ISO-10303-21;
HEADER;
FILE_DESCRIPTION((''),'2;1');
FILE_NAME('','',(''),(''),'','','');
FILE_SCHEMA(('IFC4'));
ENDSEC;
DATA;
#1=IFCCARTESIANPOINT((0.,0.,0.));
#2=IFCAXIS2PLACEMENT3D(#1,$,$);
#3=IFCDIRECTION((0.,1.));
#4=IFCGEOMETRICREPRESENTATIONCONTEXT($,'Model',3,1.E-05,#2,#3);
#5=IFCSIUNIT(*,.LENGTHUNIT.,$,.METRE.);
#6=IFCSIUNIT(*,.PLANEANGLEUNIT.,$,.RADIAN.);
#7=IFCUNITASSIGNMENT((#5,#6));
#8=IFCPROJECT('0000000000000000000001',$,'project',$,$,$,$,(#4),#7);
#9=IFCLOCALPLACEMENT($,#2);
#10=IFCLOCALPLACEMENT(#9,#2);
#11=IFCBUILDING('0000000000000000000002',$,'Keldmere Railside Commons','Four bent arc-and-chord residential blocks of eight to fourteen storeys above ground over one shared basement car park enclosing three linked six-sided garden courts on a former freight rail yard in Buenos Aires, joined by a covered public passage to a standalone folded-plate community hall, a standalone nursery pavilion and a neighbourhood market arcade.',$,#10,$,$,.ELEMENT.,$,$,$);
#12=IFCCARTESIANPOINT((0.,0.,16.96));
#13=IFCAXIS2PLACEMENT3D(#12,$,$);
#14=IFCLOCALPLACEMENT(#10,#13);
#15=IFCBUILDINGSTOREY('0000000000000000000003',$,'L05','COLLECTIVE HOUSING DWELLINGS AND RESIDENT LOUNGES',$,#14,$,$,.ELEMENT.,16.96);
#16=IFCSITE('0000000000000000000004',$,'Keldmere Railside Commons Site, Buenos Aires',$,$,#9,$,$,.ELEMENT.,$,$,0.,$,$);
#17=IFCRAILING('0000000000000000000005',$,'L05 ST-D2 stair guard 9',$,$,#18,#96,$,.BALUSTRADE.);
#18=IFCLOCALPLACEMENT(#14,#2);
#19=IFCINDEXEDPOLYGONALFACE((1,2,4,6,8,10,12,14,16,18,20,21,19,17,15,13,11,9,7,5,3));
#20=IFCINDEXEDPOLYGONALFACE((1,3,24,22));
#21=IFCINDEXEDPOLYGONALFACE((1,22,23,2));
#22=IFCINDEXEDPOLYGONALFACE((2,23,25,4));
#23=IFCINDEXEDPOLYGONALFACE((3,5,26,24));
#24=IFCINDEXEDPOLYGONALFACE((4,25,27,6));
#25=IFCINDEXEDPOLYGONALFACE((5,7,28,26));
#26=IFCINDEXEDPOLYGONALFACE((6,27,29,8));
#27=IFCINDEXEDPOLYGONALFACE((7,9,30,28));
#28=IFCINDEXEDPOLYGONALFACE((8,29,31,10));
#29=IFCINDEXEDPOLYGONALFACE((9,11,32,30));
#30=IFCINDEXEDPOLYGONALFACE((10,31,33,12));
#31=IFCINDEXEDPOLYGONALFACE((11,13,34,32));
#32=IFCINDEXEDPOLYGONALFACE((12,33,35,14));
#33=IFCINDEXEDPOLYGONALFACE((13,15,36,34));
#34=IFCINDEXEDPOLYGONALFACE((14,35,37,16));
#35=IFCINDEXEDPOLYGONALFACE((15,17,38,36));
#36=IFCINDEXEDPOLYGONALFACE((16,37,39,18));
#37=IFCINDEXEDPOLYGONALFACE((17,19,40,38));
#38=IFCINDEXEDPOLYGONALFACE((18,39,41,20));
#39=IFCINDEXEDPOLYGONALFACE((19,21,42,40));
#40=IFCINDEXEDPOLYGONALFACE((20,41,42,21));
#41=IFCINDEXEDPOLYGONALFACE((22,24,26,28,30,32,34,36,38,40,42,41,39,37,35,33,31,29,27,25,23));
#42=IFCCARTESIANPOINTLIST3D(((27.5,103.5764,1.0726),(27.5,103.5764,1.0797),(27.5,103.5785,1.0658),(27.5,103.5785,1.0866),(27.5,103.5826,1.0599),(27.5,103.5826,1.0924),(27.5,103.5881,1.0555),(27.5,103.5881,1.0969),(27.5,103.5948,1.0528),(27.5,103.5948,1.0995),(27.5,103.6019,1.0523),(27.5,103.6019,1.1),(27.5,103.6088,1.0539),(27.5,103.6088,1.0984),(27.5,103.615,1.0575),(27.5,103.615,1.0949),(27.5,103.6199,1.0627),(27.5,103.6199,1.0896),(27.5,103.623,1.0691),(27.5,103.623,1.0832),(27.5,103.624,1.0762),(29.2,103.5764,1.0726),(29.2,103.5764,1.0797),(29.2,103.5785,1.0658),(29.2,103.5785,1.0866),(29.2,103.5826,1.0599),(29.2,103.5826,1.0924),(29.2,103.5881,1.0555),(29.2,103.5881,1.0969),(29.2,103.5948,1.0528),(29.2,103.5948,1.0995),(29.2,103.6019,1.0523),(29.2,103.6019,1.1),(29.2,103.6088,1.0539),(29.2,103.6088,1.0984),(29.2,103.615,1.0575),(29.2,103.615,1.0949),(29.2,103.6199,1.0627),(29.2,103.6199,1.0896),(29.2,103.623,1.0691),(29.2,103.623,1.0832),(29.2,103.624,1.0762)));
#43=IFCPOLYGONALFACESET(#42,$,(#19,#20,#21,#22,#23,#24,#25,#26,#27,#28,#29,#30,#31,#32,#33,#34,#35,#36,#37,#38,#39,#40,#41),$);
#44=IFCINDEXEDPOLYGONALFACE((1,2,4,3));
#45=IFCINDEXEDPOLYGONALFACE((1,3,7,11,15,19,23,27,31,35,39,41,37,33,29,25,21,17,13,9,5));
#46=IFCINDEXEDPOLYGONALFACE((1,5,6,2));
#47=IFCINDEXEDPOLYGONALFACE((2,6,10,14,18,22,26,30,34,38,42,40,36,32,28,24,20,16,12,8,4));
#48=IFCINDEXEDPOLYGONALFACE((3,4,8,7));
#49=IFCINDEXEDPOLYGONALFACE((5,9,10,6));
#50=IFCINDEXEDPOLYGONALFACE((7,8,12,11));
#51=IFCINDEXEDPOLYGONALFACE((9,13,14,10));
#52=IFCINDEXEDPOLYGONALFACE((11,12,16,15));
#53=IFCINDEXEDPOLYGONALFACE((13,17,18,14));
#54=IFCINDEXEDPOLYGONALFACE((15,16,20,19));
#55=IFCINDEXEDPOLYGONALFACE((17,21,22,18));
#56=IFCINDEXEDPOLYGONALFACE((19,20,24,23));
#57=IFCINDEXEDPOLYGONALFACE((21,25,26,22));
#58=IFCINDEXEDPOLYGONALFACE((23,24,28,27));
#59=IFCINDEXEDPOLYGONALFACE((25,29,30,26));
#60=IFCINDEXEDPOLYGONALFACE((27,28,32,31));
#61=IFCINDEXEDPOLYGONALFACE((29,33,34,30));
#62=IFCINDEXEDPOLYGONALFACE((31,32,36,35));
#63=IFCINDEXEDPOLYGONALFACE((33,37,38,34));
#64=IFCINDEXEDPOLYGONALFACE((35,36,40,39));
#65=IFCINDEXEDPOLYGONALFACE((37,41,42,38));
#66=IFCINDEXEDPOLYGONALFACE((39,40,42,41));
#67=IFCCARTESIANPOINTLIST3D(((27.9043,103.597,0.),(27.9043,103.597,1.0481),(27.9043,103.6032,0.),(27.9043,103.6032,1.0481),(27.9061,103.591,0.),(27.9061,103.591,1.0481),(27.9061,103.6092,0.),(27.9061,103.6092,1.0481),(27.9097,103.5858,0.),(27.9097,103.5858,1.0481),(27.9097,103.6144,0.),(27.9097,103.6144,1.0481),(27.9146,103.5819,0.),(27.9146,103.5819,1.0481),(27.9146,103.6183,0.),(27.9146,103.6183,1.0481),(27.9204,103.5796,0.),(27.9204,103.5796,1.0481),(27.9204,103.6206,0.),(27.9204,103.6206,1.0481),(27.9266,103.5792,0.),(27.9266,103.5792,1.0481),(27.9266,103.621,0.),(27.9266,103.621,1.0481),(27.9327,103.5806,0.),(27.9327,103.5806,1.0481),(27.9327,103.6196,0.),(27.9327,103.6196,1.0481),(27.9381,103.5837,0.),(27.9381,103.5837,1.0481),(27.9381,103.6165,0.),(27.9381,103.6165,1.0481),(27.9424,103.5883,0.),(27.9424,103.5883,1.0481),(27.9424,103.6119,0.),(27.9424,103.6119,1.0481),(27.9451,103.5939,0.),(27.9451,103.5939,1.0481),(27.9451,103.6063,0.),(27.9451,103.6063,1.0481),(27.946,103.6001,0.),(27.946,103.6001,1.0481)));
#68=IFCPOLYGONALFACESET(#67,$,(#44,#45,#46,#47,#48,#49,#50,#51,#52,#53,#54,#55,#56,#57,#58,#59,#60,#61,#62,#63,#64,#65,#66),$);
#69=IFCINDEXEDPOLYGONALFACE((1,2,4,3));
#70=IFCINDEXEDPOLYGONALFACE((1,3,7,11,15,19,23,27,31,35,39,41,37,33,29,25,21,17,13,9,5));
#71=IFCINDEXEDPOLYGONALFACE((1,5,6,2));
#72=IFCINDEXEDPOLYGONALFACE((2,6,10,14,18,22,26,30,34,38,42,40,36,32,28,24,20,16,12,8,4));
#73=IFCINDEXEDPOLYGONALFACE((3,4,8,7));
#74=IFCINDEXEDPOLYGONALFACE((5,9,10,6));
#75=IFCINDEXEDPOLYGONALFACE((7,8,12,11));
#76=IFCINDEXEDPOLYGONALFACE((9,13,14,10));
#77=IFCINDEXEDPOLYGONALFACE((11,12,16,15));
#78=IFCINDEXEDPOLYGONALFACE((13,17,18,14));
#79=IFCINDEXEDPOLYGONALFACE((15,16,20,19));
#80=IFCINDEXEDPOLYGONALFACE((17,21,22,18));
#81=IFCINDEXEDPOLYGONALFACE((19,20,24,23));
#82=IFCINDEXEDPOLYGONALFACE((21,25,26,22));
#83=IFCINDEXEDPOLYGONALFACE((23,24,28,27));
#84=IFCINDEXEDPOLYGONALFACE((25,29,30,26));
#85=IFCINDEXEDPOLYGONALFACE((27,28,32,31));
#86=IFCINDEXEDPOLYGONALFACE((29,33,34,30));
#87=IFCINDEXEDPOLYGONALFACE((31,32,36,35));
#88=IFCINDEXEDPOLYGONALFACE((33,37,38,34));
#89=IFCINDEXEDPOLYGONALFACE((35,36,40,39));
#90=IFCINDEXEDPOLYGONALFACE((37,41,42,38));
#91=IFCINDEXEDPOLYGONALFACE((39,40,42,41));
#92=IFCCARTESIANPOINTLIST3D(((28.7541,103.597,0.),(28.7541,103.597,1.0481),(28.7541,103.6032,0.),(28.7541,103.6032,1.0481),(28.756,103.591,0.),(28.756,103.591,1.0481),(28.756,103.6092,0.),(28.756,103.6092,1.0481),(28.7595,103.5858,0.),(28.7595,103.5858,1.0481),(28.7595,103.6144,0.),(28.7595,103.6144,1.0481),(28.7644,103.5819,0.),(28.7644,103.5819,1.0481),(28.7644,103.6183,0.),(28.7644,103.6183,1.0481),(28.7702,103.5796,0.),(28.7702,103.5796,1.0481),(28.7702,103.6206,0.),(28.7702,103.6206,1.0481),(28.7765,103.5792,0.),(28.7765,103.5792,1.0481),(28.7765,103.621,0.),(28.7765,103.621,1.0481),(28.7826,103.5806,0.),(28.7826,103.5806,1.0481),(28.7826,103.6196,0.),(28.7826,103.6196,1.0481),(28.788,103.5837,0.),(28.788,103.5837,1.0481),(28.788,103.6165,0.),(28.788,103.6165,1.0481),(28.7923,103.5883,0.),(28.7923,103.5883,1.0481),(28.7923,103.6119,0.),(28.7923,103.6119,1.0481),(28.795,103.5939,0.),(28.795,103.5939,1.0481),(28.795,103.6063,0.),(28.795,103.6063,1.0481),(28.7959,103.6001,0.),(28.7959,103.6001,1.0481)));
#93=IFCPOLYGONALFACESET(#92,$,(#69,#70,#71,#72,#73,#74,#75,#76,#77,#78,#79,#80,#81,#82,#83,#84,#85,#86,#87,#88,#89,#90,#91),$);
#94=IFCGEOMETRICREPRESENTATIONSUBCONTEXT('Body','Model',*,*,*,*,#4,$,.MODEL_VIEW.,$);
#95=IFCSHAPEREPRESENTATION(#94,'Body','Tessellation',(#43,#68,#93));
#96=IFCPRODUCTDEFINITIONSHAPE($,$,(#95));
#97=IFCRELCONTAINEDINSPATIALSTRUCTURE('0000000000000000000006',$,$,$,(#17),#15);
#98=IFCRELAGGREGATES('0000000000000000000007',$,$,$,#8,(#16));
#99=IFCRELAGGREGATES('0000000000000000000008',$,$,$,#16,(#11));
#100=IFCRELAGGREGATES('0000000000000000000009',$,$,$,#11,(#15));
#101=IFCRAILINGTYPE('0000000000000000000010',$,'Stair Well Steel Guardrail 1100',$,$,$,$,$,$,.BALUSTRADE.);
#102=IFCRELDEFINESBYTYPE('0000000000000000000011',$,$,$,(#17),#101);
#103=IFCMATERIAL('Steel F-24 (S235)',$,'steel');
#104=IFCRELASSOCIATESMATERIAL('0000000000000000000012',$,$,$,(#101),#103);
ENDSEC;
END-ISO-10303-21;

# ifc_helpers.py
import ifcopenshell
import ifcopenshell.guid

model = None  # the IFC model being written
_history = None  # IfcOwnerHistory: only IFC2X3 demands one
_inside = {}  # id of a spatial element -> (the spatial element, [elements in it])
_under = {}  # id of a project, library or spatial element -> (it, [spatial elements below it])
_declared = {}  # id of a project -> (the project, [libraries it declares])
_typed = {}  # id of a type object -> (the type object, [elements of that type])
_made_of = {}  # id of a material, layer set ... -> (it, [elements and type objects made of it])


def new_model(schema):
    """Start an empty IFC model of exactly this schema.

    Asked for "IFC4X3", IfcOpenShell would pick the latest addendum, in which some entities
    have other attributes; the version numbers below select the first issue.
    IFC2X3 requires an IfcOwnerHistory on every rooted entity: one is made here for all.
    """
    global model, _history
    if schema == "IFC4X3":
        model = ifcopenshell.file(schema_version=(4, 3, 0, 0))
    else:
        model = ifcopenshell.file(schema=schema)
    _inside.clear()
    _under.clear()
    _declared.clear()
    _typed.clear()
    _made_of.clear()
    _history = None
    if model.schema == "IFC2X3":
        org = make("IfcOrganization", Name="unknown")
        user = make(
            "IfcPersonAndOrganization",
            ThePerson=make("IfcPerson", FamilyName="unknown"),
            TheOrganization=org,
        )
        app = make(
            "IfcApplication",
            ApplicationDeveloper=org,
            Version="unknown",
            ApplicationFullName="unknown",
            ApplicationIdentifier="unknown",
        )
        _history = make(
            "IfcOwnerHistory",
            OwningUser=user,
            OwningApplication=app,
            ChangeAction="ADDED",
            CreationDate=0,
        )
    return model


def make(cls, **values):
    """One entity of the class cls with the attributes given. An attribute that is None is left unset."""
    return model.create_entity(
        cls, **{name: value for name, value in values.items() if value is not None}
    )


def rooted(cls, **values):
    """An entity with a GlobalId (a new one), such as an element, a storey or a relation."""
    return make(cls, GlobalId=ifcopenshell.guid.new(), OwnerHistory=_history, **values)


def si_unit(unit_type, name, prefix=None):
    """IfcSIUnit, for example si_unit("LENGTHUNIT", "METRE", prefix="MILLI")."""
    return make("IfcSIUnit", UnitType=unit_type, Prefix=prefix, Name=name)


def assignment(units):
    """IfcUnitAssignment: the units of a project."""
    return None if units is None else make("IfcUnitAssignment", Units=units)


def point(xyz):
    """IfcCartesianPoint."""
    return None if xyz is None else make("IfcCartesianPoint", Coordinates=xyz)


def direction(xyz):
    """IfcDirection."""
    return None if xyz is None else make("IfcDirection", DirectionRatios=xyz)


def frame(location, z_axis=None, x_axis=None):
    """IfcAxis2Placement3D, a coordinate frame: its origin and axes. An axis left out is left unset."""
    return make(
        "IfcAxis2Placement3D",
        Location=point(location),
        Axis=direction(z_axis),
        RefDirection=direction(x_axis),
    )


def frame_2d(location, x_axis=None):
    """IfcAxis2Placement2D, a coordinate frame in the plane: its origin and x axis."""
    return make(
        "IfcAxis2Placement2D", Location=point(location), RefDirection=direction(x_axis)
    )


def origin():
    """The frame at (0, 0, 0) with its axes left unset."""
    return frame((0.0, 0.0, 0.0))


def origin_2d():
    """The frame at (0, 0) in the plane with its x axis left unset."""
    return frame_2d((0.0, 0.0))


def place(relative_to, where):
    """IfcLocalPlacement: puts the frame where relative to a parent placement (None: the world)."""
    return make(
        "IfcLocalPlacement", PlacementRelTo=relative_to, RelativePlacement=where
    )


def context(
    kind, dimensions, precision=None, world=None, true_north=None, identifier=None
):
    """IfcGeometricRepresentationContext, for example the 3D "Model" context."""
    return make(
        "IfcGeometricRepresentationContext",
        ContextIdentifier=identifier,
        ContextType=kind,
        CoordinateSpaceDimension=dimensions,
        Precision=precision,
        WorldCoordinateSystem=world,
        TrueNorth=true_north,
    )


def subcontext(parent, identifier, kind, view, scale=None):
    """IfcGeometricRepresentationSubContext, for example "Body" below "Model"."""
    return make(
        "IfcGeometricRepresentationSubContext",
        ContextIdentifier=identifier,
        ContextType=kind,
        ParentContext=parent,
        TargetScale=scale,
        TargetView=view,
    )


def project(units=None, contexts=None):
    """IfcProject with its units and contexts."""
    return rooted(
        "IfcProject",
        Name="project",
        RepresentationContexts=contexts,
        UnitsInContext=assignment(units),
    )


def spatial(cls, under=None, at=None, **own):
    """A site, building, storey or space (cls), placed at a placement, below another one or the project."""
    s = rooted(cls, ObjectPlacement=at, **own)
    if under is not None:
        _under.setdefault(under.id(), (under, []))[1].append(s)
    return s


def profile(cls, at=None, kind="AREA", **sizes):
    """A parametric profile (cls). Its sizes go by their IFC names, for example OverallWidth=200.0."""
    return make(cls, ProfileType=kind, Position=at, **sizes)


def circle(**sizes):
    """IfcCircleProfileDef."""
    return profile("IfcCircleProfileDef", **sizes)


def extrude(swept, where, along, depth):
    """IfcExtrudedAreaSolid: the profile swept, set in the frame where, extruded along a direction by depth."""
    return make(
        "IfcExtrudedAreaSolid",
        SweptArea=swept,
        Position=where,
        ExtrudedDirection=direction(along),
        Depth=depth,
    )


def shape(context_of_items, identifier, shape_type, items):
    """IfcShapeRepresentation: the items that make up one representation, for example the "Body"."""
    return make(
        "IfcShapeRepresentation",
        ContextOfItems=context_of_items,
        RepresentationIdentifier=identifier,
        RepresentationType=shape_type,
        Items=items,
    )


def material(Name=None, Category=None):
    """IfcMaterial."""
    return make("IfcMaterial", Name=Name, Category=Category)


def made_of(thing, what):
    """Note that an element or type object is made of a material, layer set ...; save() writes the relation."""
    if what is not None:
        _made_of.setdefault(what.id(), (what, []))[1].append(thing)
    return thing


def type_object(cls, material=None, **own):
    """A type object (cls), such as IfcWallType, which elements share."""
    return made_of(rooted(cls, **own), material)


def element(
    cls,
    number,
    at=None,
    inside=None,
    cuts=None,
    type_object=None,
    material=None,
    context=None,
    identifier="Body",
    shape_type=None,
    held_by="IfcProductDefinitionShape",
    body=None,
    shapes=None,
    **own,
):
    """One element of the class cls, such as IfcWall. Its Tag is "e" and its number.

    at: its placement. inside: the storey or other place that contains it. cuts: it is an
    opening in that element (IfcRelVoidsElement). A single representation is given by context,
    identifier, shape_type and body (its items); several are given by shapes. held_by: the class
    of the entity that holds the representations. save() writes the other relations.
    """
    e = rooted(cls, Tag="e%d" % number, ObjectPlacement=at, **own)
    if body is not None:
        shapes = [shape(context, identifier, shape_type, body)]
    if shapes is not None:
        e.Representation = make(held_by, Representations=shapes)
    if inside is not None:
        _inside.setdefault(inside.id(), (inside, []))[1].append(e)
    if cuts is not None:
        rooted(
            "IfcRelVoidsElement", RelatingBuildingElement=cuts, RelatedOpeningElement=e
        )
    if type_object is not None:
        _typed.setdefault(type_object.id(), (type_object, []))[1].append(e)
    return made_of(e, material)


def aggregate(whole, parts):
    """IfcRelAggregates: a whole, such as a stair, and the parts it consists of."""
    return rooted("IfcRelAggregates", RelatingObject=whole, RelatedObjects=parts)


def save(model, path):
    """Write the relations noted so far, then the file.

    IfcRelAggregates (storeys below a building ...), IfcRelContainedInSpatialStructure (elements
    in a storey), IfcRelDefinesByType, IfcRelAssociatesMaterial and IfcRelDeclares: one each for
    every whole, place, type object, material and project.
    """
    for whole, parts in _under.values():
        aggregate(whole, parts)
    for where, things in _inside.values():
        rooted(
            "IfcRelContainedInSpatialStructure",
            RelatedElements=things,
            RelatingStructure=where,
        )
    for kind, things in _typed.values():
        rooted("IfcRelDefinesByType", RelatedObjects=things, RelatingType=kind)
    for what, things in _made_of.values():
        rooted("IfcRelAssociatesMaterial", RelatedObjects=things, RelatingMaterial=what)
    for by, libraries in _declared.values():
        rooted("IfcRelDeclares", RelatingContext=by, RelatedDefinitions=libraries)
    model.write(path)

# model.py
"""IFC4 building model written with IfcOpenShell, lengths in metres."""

from ifc_helpers import new_model, si_unit, direction, frame, origin, origin_2d, place, context, subcontext, project, spatial, circle, extrude, material, type_object, element, save


model = new_model("IFC4")

# Units and contexts
model_context = context("Model", 3, precision=1e-05, world=origin(), true_north=direction((0.0, 1.0)))
body_context = subcontext(model_context, "Body", "Model", "MODEL_VIEW")
ifc_project = project(units=[si_unit("LENGTHUNIT", "METRE"), si_unit("PLANEANGLEUNIT", "RADIAN")], contexts=[model_context])

# Site, building, storey
site_placement = place(None, origin())
site = spatial("IfcSite", under=ifc_project, at=site_placement, Name="Keldmere Railside Commons Site, Buenos Aires", CompositionType="ELEMENT", RefElevation=0.0)
building_placement = place(site_placement, origin())
building = spatial("IfcBuilding", under=site, at=building_placement, Name="Keldmere Railside Commons", Description="Four bent arc-and-chord residential blocks of eight to fourteen storeys above ground over one shared basement car park enclosing three linked six-sided garden courts on a former freight rail yard in Buenos Aires, joined by a covered public passage to a standalone folded-plate community hall, a standalone nursery pavilion and a neighbourhood market arcade.", CompositionType="ELEMENT")
storey_placement = place(building_placement, frame((0.0, 0.0, 16.96)))
storey = spatial("IfcBuildingStorey", under=building, at=storey_placement, Name="L05", Description="COLLECTIVE HOUSING DWELLINGS AND RESIDENT LOUNGES", CompositionType="ELEMENT", Elevation=16.96)

# Shared definitions
ifc_material_1 = material(Name="Steel F-24 (S235)", Category="steel")

# Railing
railing_type = type_object("IfcRailingType", Name="Stair Well Steel Guardrail 1100", PredefinedType="BALUSTRADE", material=ifc_material_1)
for number, where, name in (
    (1, (27.5, 103.6001, 0.0), "L05 ST-D2 stair guard 9"),
):
    element("IfcRailing", number, at=place(storey_placement, frame(where)), inside=storey, type_object=railing_type, Name=name, PredefinedType="BALUSTRADE", context=body_context, shape_type="SweptSolid", body=[
        extrude(circle(Radius=0.0239, at=origin_2d()), frame((0.0, 0.0, 1.0762), z_axis=(1.0, 0.0, 0.0), x_axis=(0.0, 1.0, 0.0)), (0.0, 0.0, 1.0), 1.7),
        extrude(circle(Radius=0.021, at=origin_2d()), frame((0.425, 0.0, 0.0)), (0.0, 0.0, 1.0), 1.0481),
        extrude(circle(Radius=0.021, at=origin_2d()), frame((1.2749, 0.0, 0.0)), (0.0, 0.0, 1.0), 1.0481),
    ])

save(model, "model.ifc")
